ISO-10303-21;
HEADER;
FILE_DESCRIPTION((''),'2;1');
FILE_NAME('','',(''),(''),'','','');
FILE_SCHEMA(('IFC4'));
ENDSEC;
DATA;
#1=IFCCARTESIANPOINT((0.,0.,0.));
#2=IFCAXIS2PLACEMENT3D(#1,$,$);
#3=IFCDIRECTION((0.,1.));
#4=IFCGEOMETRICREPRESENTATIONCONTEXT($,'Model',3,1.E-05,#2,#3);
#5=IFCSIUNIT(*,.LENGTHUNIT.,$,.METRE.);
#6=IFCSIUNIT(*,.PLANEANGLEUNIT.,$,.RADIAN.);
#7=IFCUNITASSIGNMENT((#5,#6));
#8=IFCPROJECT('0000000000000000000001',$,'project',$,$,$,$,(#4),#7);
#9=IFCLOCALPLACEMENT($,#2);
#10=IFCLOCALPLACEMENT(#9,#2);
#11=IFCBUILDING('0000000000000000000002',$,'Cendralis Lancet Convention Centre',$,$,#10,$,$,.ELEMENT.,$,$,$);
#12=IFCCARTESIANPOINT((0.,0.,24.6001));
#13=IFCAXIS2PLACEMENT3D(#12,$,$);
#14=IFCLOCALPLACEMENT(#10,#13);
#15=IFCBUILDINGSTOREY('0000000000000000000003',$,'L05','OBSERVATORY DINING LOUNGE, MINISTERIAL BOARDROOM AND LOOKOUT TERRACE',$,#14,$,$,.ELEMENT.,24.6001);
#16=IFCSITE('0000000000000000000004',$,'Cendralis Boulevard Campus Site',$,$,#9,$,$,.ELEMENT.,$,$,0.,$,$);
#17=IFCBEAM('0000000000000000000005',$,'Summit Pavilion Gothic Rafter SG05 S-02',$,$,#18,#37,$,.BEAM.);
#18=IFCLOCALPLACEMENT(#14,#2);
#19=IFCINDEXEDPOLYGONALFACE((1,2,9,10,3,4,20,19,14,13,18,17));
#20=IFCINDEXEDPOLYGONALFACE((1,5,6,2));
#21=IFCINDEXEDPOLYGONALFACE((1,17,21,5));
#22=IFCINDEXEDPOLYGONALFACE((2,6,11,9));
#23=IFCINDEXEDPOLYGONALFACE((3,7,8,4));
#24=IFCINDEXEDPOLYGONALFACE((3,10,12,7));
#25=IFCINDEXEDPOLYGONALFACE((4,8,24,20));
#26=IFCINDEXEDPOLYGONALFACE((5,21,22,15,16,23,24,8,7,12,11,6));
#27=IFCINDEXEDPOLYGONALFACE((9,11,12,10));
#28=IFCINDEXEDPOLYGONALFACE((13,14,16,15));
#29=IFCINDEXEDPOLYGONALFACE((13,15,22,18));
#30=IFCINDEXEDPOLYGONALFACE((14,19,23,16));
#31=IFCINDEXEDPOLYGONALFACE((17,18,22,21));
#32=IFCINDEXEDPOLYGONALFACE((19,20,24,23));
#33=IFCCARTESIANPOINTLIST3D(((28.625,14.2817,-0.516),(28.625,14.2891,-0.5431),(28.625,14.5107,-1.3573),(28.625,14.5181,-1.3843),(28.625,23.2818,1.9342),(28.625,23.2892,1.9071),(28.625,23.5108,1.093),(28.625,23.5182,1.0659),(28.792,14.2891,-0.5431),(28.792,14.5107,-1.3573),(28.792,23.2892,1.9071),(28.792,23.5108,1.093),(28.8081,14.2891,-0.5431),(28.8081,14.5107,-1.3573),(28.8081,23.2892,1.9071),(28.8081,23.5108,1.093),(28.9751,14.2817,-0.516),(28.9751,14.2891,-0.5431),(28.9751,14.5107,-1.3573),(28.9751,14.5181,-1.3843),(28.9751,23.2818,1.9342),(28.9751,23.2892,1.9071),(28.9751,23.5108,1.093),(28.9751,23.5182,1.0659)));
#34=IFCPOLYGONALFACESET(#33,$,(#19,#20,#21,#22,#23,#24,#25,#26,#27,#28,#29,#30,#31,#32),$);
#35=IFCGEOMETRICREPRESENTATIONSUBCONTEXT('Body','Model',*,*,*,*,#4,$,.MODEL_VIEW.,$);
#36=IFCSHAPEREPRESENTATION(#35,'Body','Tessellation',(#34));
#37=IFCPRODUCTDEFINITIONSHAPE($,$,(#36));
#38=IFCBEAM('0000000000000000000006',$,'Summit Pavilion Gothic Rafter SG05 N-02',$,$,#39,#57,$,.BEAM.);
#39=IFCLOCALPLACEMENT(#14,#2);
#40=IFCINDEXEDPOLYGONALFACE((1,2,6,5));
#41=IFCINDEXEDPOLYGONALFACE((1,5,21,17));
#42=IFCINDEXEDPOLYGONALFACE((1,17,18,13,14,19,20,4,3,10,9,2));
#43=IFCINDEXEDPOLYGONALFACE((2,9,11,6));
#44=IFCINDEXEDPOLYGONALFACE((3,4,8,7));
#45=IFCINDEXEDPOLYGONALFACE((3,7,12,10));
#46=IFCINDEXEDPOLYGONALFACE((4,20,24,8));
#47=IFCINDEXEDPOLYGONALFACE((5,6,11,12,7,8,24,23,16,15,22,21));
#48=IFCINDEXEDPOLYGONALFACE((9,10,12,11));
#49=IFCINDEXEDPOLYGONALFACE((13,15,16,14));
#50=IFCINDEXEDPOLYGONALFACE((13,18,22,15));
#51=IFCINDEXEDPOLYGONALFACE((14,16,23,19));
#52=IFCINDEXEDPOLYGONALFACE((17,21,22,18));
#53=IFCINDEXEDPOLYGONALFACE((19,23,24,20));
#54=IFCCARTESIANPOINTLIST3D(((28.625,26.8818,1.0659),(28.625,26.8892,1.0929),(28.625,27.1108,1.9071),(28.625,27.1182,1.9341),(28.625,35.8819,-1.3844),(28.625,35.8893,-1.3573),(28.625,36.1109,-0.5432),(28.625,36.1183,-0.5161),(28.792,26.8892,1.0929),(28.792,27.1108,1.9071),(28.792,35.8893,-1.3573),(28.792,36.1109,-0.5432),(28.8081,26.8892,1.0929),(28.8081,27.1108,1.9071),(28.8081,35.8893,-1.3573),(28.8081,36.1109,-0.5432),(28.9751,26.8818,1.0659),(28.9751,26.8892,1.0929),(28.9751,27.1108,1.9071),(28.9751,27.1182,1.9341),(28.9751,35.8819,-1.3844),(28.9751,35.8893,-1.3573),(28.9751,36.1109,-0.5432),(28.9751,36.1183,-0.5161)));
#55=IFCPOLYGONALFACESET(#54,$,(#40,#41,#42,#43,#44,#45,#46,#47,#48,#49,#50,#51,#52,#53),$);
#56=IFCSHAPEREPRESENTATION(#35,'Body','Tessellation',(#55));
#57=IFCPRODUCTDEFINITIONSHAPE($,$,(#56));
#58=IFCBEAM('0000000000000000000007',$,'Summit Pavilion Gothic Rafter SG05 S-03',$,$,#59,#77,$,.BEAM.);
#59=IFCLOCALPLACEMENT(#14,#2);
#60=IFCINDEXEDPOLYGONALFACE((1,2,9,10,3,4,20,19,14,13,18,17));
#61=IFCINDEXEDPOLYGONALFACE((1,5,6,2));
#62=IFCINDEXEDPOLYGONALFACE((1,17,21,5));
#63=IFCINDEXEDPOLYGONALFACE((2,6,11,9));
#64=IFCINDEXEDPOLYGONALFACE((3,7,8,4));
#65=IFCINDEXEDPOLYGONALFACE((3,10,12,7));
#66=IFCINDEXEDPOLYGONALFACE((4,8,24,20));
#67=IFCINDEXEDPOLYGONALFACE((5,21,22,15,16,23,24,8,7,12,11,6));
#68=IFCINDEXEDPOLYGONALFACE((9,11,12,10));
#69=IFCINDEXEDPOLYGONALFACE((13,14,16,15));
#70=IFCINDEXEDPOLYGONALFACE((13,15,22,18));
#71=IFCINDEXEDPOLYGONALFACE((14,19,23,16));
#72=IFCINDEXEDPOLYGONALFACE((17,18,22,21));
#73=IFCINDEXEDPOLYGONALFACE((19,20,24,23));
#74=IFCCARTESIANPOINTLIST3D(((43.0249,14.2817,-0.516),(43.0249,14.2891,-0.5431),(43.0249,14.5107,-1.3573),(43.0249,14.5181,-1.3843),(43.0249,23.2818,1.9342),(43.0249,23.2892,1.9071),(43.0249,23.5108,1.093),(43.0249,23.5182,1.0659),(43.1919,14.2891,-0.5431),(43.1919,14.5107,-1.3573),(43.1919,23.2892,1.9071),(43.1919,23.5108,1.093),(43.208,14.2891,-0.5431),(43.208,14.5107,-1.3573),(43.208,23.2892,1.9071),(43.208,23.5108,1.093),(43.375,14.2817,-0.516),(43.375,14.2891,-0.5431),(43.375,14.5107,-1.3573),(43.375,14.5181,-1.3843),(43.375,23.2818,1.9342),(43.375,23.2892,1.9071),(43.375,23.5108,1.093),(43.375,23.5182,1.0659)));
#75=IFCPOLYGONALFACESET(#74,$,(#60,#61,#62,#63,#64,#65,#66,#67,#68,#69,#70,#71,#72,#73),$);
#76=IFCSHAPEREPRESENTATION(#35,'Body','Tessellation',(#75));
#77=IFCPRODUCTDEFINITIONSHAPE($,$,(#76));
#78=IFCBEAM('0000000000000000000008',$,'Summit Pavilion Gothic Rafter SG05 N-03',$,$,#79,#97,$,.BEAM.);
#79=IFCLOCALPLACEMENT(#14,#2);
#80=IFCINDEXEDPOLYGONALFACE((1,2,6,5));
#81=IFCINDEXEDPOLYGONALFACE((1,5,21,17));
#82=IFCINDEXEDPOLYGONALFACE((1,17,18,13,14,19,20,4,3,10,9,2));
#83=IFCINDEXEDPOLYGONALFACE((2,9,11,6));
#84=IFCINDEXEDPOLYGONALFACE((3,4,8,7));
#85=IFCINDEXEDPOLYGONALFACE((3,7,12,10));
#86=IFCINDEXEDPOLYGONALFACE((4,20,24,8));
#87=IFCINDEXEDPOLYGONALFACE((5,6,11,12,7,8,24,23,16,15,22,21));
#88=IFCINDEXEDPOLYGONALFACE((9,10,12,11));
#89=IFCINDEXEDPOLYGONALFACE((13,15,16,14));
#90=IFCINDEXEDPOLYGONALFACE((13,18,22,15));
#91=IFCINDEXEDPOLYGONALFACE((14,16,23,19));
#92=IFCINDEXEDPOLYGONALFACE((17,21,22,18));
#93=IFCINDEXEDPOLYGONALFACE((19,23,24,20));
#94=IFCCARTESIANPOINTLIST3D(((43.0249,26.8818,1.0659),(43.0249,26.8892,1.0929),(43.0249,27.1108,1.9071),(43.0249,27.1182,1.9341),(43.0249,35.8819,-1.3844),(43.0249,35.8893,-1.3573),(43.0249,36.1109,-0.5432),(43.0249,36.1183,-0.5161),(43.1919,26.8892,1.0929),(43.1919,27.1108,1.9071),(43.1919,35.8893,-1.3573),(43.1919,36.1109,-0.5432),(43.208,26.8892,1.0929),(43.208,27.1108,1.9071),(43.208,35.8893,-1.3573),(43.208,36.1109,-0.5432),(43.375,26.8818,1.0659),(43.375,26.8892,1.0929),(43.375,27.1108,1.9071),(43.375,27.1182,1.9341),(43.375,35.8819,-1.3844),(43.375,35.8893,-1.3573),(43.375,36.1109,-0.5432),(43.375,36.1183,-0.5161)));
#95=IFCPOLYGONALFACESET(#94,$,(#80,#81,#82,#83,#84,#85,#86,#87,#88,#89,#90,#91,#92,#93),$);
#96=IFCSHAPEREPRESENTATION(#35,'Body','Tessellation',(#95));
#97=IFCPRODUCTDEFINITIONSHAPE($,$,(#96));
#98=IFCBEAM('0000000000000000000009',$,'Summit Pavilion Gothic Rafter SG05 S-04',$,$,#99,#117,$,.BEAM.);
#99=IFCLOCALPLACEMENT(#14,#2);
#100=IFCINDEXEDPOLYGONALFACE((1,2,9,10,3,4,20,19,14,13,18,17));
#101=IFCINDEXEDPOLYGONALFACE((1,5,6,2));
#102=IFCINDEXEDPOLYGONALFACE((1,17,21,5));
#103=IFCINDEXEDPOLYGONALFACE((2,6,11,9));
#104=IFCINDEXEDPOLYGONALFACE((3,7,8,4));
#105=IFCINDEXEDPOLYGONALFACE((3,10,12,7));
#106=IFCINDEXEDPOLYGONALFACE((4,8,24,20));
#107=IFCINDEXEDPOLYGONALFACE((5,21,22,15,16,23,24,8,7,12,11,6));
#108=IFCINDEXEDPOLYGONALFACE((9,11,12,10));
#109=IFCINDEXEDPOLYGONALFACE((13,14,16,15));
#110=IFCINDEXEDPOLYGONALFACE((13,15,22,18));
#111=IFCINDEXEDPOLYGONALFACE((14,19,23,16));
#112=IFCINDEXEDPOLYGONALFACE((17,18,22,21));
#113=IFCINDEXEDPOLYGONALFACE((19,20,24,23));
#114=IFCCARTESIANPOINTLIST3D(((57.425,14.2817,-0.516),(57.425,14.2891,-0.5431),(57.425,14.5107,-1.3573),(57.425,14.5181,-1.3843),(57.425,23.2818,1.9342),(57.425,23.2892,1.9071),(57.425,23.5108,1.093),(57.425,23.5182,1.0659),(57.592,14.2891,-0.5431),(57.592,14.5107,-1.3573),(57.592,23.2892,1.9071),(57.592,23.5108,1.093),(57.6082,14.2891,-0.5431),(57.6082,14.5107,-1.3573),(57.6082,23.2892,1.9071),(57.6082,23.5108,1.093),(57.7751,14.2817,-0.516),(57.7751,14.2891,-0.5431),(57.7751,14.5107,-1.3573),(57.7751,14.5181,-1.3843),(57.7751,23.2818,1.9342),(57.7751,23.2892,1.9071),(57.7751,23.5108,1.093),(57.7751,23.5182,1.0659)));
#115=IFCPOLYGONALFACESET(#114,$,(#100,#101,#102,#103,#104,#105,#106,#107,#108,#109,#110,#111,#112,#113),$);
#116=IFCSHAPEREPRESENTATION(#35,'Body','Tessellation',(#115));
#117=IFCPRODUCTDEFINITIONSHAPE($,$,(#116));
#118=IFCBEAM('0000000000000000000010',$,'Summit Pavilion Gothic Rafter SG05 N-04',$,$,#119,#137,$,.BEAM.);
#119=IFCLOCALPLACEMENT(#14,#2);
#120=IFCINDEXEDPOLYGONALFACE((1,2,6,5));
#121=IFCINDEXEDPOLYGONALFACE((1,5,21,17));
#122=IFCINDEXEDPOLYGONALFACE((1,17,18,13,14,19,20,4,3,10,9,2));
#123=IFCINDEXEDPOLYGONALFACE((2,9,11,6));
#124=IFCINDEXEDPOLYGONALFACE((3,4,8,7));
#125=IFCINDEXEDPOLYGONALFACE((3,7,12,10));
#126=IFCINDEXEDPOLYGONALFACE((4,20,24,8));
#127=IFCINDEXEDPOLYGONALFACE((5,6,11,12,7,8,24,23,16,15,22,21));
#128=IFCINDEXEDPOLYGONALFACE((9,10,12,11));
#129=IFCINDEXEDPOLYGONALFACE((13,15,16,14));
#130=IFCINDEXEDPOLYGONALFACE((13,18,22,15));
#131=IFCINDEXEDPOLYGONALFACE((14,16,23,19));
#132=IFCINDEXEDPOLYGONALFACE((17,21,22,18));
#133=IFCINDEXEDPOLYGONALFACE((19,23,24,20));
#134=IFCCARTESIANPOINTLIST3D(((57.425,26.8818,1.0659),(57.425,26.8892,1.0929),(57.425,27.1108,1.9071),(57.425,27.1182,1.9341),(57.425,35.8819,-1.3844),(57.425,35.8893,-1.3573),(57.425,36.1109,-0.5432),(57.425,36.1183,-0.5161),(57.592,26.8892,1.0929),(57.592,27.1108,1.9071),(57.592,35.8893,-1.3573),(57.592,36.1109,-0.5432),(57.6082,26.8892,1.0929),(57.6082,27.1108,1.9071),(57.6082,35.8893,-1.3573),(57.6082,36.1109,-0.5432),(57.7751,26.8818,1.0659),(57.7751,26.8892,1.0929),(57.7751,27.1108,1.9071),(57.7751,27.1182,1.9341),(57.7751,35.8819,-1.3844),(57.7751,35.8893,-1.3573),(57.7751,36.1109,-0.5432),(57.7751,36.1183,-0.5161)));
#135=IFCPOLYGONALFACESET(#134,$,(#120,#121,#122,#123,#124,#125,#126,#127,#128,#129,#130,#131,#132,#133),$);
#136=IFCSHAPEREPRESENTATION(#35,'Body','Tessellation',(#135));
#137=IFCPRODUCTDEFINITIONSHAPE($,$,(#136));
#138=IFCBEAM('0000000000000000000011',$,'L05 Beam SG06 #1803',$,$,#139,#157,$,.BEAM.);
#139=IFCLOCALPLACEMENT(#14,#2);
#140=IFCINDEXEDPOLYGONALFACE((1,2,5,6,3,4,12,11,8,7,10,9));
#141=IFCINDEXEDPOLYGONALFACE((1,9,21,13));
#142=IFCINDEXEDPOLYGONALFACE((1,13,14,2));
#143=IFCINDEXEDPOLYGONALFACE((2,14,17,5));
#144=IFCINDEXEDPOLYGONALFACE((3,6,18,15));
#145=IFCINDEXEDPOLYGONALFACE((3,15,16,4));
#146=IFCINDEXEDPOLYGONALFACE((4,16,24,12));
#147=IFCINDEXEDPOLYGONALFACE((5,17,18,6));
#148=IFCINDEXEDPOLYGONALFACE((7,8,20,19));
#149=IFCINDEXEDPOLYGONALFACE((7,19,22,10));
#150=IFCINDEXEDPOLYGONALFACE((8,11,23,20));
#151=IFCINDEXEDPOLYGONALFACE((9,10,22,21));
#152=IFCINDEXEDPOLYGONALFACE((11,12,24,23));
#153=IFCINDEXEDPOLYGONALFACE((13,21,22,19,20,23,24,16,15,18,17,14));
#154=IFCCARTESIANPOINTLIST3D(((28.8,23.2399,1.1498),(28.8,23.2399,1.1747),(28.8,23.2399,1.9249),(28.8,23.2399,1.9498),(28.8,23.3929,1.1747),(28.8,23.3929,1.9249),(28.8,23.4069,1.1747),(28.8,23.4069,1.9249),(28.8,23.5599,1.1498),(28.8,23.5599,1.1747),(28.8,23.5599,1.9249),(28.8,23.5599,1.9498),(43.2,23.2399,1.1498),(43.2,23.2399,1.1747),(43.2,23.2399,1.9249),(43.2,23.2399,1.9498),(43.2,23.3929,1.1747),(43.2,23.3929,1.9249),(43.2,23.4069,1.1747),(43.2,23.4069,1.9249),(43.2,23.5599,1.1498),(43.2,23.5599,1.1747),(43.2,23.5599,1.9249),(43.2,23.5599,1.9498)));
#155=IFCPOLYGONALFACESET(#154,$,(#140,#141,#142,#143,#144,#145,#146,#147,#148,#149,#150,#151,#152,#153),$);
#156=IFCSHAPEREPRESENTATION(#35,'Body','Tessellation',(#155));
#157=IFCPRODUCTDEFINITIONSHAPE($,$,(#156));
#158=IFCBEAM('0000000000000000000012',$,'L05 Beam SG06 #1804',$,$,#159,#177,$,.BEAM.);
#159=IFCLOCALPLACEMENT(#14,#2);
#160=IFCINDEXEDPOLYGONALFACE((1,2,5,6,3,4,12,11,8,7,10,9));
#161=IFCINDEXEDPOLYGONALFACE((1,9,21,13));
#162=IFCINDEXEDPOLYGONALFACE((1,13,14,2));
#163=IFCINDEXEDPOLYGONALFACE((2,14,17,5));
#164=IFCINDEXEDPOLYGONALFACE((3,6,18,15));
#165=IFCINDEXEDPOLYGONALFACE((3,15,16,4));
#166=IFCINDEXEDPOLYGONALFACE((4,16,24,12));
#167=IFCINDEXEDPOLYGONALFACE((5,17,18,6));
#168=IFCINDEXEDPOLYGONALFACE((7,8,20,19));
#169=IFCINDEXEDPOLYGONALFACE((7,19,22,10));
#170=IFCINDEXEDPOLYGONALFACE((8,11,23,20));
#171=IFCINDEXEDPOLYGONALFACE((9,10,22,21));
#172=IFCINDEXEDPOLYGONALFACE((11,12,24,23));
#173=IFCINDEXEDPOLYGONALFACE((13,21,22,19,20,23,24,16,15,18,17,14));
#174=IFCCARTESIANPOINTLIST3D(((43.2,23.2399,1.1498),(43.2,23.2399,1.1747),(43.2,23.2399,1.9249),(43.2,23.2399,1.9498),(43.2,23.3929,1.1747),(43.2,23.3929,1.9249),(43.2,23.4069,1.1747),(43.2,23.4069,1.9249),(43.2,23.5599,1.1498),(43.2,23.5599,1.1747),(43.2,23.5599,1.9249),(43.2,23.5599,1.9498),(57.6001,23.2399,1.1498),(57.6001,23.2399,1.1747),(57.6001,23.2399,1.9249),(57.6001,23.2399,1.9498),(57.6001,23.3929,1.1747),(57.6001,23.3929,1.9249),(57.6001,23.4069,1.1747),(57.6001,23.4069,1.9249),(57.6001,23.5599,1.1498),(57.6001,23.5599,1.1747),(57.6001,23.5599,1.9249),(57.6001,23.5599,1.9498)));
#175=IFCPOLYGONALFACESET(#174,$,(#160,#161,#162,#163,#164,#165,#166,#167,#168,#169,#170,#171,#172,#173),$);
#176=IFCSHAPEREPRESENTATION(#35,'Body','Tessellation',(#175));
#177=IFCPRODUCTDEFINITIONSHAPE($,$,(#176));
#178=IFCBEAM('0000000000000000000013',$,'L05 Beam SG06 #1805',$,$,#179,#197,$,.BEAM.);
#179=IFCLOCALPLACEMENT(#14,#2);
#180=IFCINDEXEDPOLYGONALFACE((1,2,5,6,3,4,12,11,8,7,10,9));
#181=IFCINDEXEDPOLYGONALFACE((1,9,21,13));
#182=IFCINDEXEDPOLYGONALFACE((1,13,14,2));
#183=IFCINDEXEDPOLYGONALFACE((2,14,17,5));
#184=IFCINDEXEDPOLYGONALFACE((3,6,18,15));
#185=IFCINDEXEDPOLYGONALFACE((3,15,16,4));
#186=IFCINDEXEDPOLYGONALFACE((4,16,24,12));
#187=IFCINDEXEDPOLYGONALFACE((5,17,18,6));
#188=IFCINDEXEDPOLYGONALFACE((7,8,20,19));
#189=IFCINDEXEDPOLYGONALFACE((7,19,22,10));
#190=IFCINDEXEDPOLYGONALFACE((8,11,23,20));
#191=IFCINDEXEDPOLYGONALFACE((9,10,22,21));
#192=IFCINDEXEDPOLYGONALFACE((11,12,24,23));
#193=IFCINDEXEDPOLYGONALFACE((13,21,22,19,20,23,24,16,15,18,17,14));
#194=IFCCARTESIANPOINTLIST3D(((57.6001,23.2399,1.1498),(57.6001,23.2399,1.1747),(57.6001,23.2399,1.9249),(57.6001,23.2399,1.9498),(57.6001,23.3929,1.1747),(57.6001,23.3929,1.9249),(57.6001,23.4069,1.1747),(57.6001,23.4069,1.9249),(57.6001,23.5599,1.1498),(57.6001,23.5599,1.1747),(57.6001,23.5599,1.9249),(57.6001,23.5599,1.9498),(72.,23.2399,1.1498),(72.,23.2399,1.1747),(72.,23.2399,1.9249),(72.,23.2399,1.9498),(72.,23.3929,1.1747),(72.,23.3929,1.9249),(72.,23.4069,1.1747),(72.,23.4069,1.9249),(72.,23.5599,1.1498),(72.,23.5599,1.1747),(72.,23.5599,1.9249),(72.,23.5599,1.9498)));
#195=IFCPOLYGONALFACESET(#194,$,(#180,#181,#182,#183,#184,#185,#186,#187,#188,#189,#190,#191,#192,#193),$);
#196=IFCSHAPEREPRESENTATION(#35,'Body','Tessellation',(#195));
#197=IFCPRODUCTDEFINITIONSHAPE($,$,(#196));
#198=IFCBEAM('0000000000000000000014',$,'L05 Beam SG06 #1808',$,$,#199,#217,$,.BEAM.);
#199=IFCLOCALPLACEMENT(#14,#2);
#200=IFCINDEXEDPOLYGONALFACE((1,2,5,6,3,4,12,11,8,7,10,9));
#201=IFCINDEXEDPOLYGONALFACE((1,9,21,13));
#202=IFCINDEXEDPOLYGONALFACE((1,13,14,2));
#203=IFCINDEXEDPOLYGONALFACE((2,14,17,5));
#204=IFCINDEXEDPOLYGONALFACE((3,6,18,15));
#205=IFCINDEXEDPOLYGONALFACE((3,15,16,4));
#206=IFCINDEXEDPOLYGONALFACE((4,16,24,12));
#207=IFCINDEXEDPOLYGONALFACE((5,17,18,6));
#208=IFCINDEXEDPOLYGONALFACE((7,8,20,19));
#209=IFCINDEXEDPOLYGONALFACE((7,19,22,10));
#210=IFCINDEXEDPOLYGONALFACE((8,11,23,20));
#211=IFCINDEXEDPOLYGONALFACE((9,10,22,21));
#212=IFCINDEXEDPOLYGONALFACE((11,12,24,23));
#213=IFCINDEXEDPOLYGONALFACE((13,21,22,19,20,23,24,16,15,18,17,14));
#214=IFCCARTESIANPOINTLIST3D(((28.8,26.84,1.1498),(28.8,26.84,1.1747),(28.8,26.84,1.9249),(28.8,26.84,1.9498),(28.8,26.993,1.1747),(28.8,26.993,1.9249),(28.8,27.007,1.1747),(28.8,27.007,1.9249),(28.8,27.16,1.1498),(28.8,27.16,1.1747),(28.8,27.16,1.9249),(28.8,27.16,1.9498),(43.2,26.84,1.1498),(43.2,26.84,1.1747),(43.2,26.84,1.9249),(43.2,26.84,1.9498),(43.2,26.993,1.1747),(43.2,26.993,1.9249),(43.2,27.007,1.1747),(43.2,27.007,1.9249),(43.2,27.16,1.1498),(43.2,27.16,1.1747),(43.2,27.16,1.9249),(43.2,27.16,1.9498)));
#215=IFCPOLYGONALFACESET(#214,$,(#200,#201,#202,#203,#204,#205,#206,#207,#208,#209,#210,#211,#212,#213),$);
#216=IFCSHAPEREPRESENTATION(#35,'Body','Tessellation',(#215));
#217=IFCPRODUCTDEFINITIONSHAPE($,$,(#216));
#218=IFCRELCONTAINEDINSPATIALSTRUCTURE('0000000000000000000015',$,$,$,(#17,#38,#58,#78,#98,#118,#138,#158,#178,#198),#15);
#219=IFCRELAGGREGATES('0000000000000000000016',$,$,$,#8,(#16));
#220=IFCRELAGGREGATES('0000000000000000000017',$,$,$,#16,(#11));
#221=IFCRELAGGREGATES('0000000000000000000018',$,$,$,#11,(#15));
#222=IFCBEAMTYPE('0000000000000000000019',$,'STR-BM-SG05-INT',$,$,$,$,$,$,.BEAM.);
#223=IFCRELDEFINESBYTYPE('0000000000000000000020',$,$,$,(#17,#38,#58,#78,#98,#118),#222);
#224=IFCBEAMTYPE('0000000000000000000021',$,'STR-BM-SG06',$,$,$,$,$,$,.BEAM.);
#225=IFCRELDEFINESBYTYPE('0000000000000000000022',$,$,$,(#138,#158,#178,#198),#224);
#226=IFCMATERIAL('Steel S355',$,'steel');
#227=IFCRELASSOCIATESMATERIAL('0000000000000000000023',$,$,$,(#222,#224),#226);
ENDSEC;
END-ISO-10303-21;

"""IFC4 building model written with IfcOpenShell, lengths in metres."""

from ifc_helpers import new_model, si_unit, direction, frame, origin, origin_2d, place, context, subcontext, project, spatial, i_section, extrude, material, material_profile, profile_set, type_object, element, save


model = new_model("IFC4")

# Units and contexts
model_context = context("Model", 3, precision=1e-05, world=origin(), true_north=direction((0.0, 1.0)))
body_context = subcontext(model_context, "Body", "Model", "MODEL_VIEW")
ifc_project = project(units=[si_unit("LENGTHUNIT", "METRE"), si_unit("PLANEANGLEUNIT", "RADIAN")], contexts=[model_context])

# Site, building, storey
site_placement = place(None, origin())
site = spatial("IfcSite", under=ifc_project, at=site_placement, Name="Cendralis Boulevard Campus Site", CompositionType="ELEMENT", RefElevation=0.0)
building_placement = place(site_placement, origin())
building = spatial("IfcBuilding", under=site, at=building_placement, Name="Cendralis Lancet Convention Centre", CompositionType="ELEMENT")
storey_placement = place(building_placement, frame((0.0, 0.0, 24.6001)))
storey = spatial("IfcBuildingStorey", under=building, at=storey_placement, Name="L05", Description="OBSERVATORY DINING LOUNGE, MINISTERIAL BOARDROOM AND LOOKOUT TERRACE", CompositionType="ELEMENT", Elevation=24.6001)

# Beams
ifc_material_1 = material(Name="Steel S355", Category="steel")
ifc_material_profile_1 = material_profile(ifc_material_1, i_section(OverallWidth=0.3501, OverallDepth=0.8999, WebThickness=0.0161, FlangeThickness=0.0281, at=origin_2d()), Name="PG 900x350")
ifc_profile_set_1 = profile_set([ifc_material_profile_1], Name="Steel S355")
beam_type_1 = type_object("IfcBeamType", Name="STR-BM-SG05-INT", PredefinedType="BEAM", material=ifc_profile_set_1)
for number, where, z_axis, x_axis, name in (
    (1, (28.8, 14.3999, -0.9502), (0.0, 0.964882, 0.262683), (-1.0, 0.0, 0.0), "Summit Pavilion Gothic Rafter SG05 S-02"),
    (2, (28.8, 27.0, 1.5), (0.0, 0.964882, -0.262683), (-1.0, 0.0, 0.0), "Summit Pavilion Gothic Rafter SG05 N-02"),
    (3, (43.2, 14.3999, -0.9502), (0.0, 0.964882, 0.262683), (-1.0, 0.0, 0.0), "Summit Pavilion Gothic Rafter SG05 S-03"),
    (4, (43.2, 27.0, 1.5), (0.0, 0.964882, -0.262683), (-1.0, 0.0, 0.0), "Summit Pavilion Gothic Rafter SG05 N-03"),
    (5, (57.6001, 14.3999, -0.9502), (0.0, 0.964882, 0.262683), (-1.0, 0.0, 0.0), "Summit Pavilion Gothic Rafter SG05 S-04"),
    (6, (57.6001, 27.0, 1.5), (0.0, 0.964882, -0.262683), (-1.0, 0.0, 0.0), "Summit Pavilion Gothic Rafter SG05 N-04"),
):
    element("IfcBeam", number, at=place(storey_placement, frame(where, z_axis=z_axis, x_axis=x_axis)), inside=storey, type_object=beam_type_1, Name=name, PredefinedType="BEAM", context=body_context, shape_type="SweptSolid", body=[
        extrude(i_section(OverallWidth=0.3501, OverallDepth=0.8999, WebThickness=0.0161, FlangeThickness=0.0281, at=origin_2d()), origin(), (0.0, 0.0, 1.0), 9.3276),
    ])
ifc_material_profile_2 = material_profile(ifc_material_1, i_section(OverallWidth=0.3201, OverallDepth=0.8, WebThickness=0.0139, FlangeThickness=0.0249, at=origin_2d()), Name="PG 800x320")
ifc_profile_set_2 = profile_set([ifc_material_profile_2], Name="Steel S355")
beam_type_2 = type_object("IfcBeamType", Name="STR-BM-SG06", PredefinedType="BEAM", material=ifc_profile_set_2)
beam_1_placement = place(storey_placement, frame((28.8, 23.3999, 1.5498), z_axis=(1.0, 0.0, 0.0), x_axis=(0.0, 1.0, 0.0)))
element("IfcBeam", 7, at=beam_1_placement, inside=storey, type_object=beam_type_2, Name="L05 Beam SG06 #1803", PredefinedType="BEAM", context=body_context, shape_type="SweptSolid", body=[
    extrude(i_section(OverallWidth=0.3201, OverallDepth=0.8, WebThickness=0.0139, FlangeThickness=0.0249, at=origin_2d()), origin(), (0.0, 0.0, 1.0), 14.3999),
])
beam_2_placement = place(storey_placement, frame((43.2, 23.3999, 1.5498), z_axis=(1.0, 0.0, 0.0), x_axis=(0.0, 1.0, 0.0)))
element("IfcBeam", 8, at=beam_2_placement, inside=storey, type_object=beam_type_2, Name="L05 Beam SG06 #1804", PredefinedType="BEAM", context=body_context, shape_type="SweptSolid", body=[
    extrude(i_section(OverallWidth=0.3201, OverallDepth=0.8, WebThickness=0.0139, FlangeThickness=0.0249, at=origin_2d()), origin(), (0.0, 0.0, 1.0), 14.4001),
])
for number, where, z_axis, x_axis, name in (
    (9, (57.6001, 23.3999, 1.5498), (1.0, 0.0, 0.0), (0.0, 1.0, 0.0), "L05 Beam SG06 #1805"),
    (10, (28.8, 27.0, 1.5498), (1.0, 0.0, 0.0), (0.0, 1.0, 0.0), "L05 Beam SG06 #1808"),
):
    element("IfcBeam", number, at=place(storey_placement, frame(where, z_axis=z_axis, x_axis=x_axis)), inside=storey, type_object=beam_type_2, Name=name, PredefinedType="BEAM", context=body_context, shape_type="SweptSolid", body=[
        extrude(i_section(OverallWidth=0.3201, OverallDepth=0.8, WebThickness=0.0139, FlangeThickness=0.0249, at=origin_2d()), origin(), (0.0, 0.0, 1.0), 14.3999),
    ])

save(model, "model.ifc")
